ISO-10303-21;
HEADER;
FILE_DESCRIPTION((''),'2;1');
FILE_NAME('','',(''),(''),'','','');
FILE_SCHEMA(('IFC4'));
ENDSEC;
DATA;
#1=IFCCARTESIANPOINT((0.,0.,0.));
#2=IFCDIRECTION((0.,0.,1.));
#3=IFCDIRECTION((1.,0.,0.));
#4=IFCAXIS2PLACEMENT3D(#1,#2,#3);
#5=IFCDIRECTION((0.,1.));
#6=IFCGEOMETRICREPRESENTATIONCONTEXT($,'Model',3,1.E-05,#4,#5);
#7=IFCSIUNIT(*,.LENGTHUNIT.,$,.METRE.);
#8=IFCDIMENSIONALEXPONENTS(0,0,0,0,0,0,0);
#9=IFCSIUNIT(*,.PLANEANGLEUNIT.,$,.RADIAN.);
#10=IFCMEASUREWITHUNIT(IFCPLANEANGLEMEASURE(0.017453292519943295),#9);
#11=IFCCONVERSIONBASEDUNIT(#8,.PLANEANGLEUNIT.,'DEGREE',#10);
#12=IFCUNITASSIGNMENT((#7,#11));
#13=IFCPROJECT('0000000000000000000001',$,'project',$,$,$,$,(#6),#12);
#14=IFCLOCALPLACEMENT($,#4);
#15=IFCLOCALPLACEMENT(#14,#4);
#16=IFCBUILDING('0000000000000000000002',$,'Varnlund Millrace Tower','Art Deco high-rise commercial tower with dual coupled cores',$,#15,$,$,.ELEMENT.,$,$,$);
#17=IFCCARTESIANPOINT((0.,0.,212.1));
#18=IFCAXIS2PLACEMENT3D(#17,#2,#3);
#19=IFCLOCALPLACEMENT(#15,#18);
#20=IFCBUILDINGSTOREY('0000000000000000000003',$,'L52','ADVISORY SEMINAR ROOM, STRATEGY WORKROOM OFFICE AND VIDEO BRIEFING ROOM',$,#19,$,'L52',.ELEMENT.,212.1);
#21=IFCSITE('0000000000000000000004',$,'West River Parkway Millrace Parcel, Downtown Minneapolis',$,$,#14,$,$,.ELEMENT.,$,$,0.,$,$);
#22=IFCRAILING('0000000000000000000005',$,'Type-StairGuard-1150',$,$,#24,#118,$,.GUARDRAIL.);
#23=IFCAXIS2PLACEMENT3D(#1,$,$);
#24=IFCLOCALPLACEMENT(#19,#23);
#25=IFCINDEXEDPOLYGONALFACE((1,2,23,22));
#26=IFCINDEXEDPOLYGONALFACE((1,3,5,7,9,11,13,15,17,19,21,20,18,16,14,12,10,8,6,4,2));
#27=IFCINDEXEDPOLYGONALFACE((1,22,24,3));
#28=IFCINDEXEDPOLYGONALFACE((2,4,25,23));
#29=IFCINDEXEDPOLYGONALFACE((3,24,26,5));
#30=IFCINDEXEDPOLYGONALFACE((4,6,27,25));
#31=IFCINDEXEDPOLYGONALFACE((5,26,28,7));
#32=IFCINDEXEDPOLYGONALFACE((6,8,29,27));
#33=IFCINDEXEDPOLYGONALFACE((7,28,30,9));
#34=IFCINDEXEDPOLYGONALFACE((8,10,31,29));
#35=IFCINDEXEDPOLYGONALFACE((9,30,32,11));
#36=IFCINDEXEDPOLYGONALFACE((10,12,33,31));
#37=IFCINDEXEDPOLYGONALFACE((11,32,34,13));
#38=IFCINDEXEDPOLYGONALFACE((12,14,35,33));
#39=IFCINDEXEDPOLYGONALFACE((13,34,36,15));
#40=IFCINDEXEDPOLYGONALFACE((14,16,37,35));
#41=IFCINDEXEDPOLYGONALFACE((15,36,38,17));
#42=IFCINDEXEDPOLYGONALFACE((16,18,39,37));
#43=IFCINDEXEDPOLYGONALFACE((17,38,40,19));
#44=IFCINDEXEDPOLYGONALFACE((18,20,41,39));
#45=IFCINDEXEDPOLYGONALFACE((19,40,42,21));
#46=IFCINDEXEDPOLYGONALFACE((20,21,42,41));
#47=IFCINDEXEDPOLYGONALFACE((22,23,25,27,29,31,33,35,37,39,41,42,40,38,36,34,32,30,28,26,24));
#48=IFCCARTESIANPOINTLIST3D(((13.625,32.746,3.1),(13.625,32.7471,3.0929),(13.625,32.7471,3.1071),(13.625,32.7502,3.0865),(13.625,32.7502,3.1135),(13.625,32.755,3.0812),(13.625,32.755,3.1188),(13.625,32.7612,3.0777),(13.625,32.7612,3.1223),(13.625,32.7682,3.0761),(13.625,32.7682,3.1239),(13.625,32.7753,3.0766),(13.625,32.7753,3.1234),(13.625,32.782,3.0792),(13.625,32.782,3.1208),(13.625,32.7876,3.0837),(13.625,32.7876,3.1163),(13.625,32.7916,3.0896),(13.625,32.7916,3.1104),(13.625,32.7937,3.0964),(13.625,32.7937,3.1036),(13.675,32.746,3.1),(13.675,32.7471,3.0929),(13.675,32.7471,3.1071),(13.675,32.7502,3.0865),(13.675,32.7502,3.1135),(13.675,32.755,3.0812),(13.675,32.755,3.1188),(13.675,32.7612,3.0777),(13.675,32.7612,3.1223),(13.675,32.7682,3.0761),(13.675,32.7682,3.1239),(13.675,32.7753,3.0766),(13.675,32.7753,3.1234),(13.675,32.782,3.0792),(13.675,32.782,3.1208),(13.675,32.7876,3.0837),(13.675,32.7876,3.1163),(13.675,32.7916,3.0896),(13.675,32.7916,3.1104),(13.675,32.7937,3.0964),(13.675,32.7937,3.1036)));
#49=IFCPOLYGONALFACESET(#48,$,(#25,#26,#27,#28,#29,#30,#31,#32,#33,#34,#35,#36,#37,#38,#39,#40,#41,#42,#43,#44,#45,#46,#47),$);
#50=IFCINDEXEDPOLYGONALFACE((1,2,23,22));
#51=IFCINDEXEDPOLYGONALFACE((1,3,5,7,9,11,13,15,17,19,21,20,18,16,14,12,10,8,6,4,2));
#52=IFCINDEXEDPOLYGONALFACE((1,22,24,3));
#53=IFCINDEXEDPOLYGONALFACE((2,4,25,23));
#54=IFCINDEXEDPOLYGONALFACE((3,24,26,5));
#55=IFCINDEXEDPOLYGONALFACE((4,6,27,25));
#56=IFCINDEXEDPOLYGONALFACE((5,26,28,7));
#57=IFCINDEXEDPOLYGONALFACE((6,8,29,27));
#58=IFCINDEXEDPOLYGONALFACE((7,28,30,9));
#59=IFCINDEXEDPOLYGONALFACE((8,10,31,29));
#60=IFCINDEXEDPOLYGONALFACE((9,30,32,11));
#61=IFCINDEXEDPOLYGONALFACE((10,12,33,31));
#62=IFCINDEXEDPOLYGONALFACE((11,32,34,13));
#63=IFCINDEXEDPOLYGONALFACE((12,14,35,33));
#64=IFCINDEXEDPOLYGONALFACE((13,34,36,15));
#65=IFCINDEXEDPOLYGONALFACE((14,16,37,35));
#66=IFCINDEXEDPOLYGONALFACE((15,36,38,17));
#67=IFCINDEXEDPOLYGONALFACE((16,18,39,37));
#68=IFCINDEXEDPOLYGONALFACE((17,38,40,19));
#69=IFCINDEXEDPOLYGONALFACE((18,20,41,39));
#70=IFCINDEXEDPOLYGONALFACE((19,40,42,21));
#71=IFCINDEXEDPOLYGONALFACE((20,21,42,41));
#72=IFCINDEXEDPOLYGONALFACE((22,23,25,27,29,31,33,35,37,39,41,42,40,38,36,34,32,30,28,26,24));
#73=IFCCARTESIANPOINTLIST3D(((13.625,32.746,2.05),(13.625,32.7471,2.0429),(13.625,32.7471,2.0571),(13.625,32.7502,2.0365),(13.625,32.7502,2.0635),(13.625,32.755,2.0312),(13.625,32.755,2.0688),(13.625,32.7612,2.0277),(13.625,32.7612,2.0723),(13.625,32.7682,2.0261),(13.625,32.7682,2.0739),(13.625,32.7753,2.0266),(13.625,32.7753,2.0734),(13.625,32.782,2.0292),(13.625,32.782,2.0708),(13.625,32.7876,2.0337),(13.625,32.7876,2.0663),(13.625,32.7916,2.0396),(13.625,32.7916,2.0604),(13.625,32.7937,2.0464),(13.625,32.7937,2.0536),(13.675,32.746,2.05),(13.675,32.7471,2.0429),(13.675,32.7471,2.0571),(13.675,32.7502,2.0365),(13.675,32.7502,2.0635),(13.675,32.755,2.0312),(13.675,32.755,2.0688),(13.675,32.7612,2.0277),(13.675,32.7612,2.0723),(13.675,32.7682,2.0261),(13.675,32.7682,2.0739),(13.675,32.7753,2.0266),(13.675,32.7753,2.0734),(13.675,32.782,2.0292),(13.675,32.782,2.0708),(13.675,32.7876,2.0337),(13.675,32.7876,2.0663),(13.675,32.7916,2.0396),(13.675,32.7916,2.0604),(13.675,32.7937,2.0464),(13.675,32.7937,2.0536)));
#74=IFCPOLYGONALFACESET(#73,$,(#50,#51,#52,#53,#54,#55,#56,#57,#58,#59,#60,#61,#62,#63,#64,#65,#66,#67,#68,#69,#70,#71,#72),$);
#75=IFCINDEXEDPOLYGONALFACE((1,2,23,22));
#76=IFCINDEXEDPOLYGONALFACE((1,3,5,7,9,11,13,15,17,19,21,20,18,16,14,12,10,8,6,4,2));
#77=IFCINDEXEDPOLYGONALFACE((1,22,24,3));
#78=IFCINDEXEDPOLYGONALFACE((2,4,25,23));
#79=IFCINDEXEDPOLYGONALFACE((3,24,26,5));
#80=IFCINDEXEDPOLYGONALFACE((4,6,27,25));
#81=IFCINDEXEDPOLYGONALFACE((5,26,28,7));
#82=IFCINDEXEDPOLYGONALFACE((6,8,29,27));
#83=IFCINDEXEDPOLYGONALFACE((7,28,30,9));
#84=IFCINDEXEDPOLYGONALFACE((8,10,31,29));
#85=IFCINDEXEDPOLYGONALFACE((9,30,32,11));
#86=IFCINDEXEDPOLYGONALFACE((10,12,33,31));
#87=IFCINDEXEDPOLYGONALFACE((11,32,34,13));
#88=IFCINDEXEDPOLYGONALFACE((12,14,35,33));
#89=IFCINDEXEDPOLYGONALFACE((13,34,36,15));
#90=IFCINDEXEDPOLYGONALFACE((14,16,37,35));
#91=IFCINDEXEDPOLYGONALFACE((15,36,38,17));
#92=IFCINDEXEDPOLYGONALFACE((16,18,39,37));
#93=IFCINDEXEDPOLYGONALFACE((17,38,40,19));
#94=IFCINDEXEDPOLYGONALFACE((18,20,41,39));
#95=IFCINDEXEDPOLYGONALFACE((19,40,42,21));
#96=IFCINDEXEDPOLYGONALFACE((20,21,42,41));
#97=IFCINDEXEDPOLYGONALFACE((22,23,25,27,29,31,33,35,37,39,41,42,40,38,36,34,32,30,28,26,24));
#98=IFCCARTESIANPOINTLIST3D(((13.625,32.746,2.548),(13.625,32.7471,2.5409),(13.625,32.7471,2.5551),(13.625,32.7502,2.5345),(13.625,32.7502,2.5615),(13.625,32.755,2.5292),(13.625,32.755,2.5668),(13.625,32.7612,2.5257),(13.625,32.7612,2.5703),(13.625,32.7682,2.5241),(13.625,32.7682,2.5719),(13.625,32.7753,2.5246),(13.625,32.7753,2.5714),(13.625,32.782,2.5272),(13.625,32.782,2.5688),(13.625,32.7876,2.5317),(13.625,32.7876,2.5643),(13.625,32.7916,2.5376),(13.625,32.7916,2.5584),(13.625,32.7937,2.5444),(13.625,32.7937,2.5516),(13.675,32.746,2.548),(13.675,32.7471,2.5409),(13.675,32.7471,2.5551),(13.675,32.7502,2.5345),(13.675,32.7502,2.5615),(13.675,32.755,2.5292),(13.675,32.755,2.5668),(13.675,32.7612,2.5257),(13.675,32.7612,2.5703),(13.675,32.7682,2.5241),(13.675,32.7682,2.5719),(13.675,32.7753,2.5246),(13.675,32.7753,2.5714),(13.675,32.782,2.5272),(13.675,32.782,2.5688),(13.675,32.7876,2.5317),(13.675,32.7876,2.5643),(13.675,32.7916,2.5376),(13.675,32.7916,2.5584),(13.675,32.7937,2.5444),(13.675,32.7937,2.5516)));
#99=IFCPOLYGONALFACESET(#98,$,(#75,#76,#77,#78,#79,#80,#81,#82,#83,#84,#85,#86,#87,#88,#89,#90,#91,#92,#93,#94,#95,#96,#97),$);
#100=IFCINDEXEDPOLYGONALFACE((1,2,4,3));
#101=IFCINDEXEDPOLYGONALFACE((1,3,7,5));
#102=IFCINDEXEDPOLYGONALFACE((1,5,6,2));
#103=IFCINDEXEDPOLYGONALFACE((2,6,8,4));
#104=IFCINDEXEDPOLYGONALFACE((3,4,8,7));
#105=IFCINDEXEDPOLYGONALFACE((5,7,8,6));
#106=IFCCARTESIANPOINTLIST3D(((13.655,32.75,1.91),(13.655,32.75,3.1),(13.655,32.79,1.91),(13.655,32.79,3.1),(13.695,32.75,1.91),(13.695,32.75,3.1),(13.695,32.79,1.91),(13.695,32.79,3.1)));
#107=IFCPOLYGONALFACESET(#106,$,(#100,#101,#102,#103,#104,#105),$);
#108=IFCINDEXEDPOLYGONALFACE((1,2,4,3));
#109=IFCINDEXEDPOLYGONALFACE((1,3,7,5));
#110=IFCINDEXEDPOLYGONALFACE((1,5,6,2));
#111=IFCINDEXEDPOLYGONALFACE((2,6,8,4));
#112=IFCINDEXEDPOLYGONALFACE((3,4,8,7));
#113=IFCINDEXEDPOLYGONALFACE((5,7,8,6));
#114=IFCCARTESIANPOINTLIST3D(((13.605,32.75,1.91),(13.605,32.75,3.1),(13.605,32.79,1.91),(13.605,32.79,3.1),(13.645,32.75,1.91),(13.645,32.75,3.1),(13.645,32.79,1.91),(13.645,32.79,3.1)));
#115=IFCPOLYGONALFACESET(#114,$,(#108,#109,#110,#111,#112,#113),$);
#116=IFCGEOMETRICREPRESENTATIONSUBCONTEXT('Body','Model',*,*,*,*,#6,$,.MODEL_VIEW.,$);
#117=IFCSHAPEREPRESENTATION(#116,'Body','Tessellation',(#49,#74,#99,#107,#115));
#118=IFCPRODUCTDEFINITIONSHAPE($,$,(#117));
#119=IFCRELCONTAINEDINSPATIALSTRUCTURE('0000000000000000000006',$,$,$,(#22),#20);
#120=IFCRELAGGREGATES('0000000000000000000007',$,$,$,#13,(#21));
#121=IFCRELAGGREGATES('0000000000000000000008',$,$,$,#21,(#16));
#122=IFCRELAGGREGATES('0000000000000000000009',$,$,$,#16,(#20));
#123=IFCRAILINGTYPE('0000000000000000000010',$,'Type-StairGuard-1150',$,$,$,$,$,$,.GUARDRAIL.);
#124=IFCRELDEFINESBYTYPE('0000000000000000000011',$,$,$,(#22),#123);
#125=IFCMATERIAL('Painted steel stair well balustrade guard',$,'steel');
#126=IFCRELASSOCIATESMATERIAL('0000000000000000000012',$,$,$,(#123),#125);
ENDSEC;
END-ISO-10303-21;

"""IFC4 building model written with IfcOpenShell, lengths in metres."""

from ifc_helpers import new_model, entity, si_unit, converted_unit, direction, frame, origin_with_axes, origin_2d_with_axis, place, context, subcontext, project, spatial, rectangle, circle, extrude, material, type_object, element, save


model = new_model("IFC4")

# Units and contexts
model_context = context("Model", 3, precision=1e-05, world=origin_with_axes(), true_north=direction((0.0, 1.0)))
body_context = subcontext(model_context, "Body", "Model", "MODEL_VIEW")
ifc_project = project(units=[si_unit("LENGTHUNIT", "METRE"), converted_unit("PLANEANGLEUNIT", "DEGREE", entity("IfcPlaneAngleMeasure", 0.017453292519943295), si_unit("PLANEANGLEUNIT", "RADIAN"), dimensions=[0, 0, 0, 0, 0, 0, 0])], contexts=[model_context])

# Site, building, storey
site_placement = place(None, origin_with_axes())
site = spatial("IfcSite", under=ifc_project, at=site_placement, Name="West River Parkway Millrace Parcel, Downtown Minneapolis", CompositionType="ELEMENT", RefElevation=0.0)
building_placement = place(site_placement, origin_with_axes())
building = spatial("IfcBuilding", under=site, at=building_placement, Name="Varnlund Millrace Tower", Description="Art Deco high-rise commercial tower with dual coupled cores", CompositionType="ELEMENT")
storey_placement = place(building_placement, frame((0.0, 0.0, 212.1), z_axis=(0.0, 0.0, 1.0), x_axis=(1.0, 0.0, 0.0)))
storey = spatial("IfcBuildingStorey", under=building, at=storey_placement, Name="L52", Description="ADVISORY SEMINAR ROOM, STRATEGY WORKROOM OFFICE AND VIDEO BRIEFING ROOM", LongName="L52", CompositionType="ELEMENT", Elevation=212.1)

# Railing
ifc_material_1 = material(Name="Painted steel stair well balustrade guard", Category="steel")
railing_type_1 = type_object("IfcRailingType", Name="Type-StairGuard-1150", PredefinedType="GUARDRAIL", material=ifc_material_1)
railing_1_placement = place(storey_placement, frame((0.0, 0.0, -212.1), z_axis=(0.0, 0.0, 1.0), x_axis=(1.0, 0.0, 0.0)))
element("IfcRailing", 1, at=railing_1_placement, inside=storey, type_object=railing_type_1, Name="Type-StairGuard-1150", PredefinedType="GUARDRAIL", context=body_context, shape_type="SweptSolid", body=[
    extrude(circle(Radius=0.024, at=origin_2d_with_axis()), frame((13.675, 32.77, 215.2), z_axis=(-1.0, 0.0, 0.0), x_axis=(0.0, -1.0, 0.0)), (0.0, 0.0, 1.0), 0.05),
    extrude(circle(Radius=0.024, at=origin_2d_with_axis()), frame((13.675, 32.77, 214.15), z_axis=(-1.0, 0.0, 0.0), x_axis=(0.0, -1.0, 0.0)), (0.0, 0.0, 1.0), 0.05),
    extrude(circle(Radius=0.024, at=origin_2d_with_axis()), frame((13.675, 32.77, 214.648), z_axis=(-1.0, 0.0, 0.0), x_axis=(0.0, -1.0, 0.0)), (0.0, 0.0, 1.0), 0.05),
    extrude(rectangle(XDim=0.04, YDim=0.04, at=origin_2d_with_axis()), frame((13.675, 32.77, 214.01), z_axis=(0.0, 0.0, 1.0), x_axis=(1.0, 0.0, 0.0)), (0.0, 0.0, 1.0), 1.19),
    extrude(rectangle(XDim=0.04, YDim=0.04, at=origin_2d_with_axis()), frame((13.625, 32.77, 214.01), z_axis=(0.0, 0.0, 1.0), x_axis=(1.0, 0.0, 0.0)), (0.0, 0.0, 1.0), 1.19),
])

save(model, "model.ifc")
